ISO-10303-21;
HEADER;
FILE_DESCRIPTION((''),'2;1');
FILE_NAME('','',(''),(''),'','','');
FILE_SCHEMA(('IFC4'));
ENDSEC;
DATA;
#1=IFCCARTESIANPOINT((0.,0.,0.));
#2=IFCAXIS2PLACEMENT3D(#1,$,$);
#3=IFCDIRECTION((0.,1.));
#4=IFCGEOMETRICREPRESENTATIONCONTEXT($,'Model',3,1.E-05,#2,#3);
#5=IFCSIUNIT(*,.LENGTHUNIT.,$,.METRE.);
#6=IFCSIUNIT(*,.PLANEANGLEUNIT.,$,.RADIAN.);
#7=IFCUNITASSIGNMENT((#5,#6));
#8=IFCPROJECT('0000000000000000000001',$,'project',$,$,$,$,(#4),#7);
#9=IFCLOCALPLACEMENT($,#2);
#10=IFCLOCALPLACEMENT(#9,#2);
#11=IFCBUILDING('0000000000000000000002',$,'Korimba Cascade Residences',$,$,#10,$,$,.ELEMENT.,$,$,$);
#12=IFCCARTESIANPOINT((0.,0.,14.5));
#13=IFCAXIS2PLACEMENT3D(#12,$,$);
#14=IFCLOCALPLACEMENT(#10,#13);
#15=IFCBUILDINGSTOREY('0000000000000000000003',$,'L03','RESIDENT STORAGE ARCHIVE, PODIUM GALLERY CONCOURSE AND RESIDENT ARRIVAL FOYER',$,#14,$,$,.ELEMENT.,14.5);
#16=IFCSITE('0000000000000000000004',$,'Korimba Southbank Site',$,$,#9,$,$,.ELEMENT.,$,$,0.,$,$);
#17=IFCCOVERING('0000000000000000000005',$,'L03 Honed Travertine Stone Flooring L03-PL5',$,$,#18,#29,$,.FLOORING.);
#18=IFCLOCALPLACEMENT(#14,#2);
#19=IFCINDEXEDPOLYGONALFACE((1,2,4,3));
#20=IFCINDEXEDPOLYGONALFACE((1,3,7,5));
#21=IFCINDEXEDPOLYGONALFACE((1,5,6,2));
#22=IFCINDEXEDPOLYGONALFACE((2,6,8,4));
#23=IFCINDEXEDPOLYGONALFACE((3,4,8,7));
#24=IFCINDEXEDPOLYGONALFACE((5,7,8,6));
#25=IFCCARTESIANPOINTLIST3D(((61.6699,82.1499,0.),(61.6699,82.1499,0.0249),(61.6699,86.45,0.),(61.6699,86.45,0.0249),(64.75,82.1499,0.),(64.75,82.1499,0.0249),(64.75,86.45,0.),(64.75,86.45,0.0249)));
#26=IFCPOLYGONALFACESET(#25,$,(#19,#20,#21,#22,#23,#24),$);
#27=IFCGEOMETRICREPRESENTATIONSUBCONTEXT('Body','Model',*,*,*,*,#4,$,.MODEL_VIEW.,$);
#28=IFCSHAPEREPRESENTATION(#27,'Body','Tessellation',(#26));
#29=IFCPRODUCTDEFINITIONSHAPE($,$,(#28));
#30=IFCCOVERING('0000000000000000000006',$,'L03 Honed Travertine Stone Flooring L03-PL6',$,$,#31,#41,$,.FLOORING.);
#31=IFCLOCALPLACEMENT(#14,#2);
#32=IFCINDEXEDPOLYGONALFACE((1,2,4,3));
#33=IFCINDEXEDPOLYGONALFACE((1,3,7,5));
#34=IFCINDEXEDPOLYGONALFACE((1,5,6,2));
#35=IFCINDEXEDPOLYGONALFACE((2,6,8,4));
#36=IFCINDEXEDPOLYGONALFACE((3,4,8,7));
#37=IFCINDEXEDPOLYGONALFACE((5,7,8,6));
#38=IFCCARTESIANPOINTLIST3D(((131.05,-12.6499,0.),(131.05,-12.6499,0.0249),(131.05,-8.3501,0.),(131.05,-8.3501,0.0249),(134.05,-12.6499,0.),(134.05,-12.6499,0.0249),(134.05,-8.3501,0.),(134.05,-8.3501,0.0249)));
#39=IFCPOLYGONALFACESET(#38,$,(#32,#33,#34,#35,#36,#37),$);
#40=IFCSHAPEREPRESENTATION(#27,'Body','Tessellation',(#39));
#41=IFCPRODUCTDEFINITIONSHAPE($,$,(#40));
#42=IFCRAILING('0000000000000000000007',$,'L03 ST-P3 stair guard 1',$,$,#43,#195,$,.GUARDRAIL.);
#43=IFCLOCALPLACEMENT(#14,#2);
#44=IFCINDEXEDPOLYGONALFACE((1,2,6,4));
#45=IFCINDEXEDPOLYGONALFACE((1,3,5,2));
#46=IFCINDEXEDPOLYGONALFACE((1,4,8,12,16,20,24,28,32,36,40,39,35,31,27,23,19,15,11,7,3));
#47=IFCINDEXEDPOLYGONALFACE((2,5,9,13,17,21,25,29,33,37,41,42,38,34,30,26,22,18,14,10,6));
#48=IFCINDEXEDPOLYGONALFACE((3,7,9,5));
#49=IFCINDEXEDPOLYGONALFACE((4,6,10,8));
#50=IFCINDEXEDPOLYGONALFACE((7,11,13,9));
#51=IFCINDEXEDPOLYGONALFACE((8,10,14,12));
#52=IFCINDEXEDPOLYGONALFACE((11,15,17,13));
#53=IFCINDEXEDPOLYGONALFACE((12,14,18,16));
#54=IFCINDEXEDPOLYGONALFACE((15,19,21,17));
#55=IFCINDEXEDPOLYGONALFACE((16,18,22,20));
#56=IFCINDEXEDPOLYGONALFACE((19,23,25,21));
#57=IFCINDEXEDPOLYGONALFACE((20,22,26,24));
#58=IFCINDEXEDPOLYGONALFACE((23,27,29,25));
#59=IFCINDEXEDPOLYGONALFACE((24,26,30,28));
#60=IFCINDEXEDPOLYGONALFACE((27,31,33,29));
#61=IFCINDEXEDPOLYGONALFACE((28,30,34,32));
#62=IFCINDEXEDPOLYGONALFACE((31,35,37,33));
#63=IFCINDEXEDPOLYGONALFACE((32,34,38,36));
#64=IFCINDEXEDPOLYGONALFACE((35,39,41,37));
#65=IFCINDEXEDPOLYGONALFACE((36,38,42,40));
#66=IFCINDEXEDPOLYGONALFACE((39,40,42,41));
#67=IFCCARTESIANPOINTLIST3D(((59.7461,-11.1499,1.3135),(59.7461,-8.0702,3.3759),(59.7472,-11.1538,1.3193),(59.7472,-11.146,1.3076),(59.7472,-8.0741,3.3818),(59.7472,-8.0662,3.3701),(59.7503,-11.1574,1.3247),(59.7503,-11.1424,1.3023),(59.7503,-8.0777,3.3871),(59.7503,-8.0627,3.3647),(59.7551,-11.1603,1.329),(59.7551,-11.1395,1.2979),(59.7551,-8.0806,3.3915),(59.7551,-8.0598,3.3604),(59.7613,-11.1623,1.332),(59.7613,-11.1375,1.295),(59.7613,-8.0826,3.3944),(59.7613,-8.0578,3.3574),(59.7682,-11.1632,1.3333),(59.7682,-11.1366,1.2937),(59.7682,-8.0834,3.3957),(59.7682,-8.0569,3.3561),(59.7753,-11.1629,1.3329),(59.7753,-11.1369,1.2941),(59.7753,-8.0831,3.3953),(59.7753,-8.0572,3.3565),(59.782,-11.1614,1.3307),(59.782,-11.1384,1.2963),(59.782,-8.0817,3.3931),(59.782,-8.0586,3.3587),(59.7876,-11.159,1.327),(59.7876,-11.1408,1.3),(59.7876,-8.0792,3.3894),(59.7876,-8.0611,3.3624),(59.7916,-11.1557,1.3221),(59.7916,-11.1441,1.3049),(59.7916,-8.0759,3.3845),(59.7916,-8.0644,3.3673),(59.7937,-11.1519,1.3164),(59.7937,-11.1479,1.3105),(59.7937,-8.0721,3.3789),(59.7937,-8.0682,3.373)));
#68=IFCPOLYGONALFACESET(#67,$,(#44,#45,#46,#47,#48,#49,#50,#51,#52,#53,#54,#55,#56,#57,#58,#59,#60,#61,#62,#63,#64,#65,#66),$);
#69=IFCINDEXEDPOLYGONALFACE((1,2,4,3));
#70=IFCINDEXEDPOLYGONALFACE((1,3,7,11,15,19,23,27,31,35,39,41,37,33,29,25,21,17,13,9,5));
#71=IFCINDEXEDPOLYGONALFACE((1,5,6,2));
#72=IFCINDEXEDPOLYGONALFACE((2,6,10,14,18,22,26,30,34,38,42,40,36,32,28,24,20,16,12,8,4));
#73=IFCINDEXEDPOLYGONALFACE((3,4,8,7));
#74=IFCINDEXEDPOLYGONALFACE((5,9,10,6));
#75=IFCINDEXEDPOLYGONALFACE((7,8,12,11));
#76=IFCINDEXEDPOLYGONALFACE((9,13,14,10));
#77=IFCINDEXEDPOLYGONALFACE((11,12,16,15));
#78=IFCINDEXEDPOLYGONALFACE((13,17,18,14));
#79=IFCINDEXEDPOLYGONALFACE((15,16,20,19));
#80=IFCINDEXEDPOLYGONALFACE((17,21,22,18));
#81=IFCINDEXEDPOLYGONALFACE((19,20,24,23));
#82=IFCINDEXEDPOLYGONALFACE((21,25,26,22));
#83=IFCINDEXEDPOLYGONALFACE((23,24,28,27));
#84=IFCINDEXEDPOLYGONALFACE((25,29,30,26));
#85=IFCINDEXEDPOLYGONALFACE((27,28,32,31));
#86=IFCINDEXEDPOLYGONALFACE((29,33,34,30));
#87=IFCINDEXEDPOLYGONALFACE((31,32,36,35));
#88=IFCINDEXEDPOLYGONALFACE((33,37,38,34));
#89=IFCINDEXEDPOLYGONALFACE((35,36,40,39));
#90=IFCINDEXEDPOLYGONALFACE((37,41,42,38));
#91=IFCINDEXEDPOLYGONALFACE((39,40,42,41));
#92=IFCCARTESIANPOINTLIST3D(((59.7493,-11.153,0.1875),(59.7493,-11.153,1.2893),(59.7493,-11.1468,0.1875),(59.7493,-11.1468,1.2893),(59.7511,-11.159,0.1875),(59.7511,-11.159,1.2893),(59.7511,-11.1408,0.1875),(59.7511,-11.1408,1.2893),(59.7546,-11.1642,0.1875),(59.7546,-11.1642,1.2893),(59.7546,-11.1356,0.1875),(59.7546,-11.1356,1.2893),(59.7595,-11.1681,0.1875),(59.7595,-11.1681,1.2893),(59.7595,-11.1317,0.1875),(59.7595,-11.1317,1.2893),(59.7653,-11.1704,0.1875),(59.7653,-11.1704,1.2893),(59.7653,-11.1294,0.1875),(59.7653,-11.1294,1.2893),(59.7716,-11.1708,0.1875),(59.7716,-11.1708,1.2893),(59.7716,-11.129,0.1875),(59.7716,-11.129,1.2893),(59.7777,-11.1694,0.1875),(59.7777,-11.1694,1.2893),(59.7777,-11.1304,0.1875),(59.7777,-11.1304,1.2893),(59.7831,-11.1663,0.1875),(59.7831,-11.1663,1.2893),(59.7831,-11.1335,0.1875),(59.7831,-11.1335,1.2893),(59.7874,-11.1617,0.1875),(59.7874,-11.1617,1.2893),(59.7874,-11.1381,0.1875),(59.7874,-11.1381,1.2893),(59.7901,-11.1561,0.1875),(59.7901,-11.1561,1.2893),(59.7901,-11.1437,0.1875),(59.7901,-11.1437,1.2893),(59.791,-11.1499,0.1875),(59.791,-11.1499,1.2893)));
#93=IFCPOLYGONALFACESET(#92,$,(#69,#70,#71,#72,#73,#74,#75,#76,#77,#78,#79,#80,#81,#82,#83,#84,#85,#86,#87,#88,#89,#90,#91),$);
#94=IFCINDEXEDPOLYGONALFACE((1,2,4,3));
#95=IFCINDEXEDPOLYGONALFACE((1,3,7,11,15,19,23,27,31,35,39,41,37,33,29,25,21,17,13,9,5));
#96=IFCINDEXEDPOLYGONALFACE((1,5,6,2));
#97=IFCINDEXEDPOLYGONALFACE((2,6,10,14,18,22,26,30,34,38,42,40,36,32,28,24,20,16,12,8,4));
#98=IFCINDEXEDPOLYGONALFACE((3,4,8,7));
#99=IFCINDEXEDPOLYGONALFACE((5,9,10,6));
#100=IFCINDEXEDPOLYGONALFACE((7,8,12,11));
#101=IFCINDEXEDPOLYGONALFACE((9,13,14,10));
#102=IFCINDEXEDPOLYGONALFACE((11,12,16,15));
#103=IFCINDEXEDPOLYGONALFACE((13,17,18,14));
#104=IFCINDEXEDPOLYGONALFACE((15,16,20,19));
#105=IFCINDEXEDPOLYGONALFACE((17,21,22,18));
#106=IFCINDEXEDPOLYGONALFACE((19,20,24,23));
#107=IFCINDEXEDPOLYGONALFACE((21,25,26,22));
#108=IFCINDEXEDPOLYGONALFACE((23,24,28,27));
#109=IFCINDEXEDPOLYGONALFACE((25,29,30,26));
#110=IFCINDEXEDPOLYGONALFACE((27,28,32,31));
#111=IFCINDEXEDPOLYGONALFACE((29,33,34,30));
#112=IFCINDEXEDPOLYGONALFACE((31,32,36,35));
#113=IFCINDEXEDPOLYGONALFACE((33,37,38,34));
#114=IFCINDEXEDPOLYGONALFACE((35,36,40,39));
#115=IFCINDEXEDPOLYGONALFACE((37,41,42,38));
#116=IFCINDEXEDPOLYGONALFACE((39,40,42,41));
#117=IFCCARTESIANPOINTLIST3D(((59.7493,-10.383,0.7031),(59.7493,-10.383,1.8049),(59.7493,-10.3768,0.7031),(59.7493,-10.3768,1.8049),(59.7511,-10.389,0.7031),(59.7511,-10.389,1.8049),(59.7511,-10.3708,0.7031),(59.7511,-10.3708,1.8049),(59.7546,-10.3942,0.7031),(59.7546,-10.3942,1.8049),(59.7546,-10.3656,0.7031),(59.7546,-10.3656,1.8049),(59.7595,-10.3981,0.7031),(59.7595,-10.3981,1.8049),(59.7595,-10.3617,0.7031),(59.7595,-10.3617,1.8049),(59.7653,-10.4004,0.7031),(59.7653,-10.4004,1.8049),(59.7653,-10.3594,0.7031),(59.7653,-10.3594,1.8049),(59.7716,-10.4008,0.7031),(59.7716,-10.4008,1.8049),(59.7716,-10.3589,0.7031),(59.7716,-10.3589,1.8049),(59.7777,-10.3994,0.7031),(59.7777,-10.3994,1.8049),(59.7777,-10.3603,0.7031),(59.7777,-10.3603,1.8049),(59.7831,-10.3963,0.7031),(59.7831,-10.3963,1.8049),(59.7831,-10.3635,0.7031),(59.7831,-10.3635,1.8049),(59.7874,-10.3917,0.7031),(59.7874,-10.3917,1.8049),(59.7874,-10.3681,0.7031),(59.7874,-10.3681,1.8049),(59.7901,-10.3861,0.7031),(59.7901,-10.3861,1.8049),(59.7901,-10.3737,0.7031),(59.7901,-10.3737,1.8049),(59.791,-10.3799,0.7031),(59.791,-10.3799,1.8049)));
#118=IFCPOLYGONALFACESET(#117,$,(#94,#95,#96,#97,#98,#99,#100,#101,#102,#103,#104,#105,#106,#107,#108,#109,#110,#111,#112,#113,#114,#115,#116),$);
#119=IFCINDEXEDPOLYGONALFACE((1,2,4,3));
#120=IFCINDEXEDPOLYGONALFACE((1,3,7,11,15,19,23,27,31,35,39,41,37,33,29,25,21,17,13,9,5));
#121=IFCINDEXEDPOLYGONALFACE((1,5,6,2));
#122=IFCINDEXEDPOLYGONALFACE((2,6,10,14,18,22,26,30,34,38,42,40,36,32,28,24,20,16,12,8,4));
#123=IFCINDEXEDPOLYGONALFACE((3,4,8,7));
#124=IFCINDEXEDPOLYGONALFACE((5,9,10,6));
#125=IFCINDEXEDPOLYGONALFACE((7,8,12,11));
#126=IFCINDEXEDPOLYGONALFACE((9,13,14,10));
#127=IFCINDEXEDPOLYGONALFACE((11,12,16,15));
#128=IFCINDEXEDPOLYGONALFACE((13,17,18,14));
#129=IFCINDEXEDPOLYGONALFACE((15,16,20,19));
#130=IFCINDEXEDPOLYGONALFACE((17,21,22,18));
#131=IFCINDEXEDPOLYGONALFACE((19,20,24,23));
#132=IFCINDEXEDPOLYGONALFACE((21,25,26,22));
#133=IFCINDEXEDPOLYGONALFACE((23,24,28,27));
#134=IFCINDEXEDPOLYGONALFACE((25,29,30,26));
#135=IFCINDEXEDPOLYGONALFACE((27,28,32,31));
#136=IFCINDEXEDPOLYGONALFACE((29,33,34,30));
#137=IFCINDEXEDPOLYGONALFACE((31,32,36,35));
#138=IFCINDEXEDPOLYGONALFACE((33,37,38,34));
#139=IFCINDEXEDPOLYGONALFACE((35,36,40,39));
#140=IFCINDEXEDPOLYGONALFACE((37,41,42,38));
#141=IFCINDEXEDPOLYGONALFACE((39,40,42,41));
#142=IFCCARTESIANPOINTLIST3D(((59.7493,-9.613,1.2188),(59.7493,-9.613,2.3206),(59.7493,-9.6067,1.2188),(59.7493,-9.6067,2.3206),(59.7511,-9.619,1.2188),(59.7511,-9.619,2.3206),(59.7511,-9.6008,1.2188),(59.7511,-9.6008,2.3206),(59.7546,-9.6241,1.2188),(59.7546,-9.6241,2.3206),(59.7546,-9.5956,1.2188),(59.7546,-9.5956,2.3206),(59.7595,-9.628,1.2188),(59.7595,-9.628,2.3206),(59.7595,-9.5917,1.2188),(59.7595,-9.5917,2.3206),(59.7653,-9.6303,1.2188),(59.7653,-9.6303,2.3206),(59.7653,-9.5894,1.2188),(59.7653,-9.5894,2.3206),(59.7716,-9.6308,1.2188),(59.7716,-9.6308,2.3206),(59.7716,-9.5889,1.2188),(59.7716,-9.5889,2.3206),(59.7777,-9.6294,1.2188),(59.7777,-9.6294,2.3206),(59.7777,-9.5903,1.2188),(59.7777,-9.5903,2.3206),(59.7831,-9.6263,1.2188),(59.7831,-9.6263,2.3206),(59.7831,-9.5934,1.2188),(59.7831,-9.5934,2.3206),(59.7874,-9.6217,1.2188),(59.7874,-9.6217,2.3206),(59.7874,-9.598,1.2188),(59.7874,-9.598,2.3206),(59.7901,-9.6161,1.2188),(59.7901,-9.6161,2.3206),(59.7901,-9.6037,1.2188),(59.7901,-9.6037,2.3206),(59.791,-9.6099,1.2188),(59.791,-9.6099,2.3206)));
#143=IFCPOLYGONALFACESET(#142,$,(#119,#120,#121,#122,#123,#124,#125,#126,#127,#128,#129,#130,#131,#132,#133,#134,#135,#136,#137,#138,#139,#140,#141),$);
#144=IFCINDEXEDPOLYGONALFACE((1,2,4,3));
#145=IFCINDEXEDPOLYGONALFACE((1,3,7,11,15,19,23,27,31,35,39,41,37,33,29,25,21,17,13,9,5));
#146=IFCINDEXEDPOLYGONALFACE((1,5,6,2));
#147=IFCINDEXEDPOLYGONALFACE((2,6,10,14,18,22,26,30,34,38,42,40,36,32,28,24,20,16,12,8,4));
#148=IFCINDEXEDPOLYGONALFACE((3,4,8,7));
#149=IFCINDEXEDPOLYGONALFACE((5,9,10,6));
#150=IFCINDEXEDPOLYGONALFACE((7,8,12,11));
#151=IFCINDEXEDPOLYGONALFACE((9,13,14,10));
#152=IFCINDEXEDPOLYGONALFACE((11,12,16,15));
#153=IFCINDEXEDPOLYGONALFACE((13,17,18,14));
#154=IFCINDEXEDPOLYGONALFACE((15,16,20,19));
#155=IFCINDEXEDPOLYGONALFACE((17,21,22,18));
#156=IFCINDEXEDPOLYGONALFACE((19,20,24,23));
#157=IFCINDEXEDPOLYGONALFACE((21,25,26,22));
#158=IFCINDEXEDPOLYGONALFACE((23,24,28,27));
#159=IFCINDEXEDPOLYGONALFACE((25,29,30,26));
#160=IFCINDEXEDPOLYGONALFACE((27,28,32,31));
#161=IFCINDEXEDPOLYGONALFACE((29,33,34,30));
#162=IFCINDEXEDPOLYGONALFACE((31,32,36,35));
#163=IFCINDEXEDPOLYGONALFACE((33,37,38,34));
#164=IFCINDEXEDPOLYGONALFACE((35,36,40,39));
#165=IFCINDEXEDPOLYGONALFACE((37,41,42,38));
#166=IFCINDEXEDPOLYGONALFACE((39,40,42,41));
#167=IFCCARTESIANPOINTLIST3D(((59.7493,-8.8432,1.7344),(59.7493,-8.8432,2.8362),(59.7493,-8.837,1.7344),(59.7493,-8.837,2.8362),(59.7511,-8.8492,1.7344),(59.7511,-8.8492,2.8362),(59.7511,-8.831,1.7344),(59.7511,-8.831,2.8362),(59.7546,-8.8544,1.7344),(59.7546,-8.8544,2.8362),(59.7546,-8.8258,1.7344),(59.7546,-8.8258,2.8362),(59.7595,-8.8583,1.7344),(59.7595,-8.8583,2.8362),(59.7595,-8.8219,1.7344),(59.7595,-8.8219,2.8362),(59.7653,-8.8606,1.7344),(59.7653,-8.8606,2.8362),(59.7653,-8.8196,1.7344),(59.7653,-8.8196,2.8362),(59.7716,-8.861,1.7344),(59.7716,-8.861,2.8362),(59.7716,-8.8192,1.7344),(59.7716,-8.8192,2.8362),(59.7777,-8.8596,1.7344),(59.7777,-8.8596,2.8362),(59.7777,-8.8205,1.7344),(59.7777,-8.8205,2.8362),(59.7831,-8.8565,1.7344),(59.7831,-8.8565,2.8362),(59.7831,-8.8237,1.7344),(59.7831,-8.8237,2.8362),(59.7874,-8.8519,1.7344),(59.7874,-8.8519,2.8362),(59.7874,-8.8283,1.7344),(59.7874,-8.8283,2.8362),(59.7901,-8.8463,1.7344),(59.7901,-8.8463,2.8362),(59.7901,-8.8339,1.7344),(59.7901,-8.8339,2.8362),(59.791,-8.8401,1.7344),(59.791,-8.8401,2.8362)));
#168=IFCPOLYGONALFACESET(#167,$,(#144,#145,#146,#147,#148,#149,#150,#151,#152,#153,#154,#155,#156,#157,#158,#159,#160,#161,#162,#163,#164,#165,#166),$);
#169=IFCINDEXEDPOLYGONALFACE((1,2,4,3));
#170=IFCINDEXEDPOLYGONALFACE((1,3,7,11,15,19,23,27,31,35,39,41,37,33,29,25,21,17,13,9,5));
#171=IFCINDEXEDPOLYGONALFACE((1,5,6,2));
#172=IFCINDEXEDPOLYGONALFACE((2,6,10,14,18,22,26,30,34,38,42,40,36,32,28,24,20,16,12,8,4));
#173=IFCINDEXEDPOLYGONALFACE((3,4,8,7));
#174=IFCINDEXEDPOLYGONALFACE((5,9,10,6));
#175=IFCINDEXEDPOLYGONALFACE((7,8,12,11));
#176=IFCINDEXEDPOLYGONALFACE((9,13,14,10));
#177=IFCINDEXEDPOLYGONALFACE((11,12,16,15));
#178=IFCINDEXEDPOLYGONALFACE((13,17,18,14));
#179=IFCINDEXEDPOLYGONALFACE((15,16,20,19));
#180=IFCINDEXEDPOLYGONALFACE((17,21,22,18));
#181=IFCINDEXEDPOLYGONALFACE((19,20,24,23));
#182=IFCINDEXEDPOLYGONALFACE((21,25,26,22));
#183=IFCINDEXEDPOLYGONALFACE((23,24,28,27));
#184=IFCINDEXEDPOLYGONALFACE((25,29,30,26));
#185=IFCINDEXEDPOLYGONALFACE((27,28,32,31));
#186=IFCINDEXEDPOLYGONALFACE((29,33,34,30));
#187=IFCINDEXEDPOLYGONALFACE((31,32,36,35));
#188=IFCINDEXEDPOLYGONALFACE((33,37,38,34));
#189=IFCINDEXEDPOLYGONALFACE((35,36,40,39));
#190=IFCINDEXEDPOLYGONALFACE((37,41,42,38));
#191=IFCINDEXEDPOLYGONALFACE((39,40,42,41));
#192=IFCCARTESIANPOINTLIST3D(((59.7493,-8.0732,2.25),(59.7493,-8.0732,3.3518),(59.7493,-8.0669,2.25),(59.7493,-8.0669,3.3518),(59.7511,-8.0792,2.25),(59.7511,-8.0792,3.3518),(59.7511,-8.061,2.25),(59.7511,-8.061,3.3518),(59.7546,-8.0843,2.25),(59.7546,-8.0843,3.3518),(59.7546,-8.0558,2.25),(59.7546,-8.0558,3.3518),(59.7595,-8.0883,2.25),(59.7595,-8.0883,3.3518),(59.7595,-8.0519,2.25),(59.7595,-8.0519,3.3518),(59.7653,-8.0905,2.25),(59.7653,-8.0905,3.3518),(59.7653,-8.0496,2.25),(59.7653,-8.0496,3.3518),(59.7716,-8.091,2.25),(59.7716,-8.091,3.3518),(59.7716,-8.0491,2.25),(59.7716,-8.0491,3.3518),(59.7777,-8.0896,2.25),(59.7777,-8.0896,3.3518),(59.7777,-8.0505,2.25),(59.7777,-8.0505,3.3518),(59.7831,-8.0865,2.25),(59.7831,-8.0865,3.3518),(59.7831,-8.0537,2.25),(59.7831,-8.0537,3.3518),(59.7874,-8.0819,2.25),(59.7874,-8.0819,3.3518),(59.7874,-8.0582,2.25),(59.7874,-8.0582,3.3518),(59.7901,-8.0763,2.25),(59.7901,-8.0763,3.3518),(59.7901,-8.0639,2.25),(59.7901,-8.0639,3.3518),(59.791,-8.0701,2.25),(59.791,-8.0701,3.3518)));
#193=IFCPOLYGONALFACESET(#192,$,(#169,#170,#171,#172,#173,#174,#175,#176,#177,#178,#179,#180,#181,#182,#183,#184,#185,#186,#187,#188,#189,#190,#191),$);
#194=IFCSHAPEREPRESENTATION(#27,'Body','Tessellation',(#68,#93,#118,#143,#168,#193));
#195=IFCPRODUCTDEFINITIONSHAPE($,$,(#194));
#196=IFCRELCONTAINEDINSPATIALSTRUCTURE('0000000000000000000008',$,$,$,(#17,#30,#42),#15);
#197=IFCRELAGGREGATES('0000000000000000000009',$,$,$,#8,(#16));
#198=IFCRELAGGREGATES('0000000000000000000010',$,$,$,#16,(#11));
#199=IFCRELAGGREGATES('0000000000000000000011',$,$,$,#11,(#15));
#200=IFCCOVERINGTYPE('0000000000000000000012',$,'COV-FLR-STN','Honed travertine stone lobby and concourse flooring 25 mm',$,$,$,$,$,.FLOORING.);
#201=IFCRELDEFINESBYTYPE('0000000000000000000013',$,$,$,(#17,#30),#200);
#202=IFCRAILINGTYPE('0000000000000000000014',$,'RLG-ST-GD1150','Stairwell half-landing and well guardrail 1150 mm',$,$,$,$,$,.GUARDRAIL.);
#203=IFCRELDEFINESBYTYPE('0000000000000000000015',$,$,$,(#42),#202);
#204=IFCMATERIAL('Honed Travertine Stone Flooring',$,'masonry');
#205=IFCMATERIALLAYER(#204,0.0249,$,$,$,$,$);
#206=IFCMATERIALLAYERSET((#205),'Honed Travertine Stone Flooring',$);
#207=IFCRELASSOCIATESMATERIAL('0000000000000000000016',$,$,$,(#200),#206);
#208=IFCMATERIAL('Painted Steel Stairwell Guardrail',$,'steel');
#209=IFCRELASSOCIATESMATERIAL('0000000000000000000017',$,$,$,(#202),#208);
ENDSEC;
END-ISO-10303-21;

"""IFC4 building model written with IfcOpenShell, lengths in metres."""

from ifc_helpers import new_model, si_unit, direction, frame, origin, origin_2d, place, context, subcontext, project, spatial, polyline, circle, outline, extrude, material, layer, layer_set, type_object, element, save


model = new_model("IFC4")

# Units and contexts
model_context = context("Model", 3, precision=1e-05, world=origin(), true_north=direction((0.0, 1.0)))
body_context = subcontext(model_context, "Body", "Model", "MODEL_VIEW")
ifc_project = project(units=[si_unit("LENGTHUNIT", "METRE"), si_unit("PLANEANGLEUNIT", "RADIAN")], contexts=[model_context])

# Site, building, storey
site_placement = place(None, origin())
site = spatial("IfcSite", under=ifc_project, at=site_placement, Name="Korimba Southbank Site", CompositionType="ELEMENT", RefElevation=0.0)
building_placement = place(site_placement, origin())
building = spatial("IfcBuilding", under=site, at=building_placement, Name="Korimba Cascade Residences", CompositionType="ELEMENT")
storey_placement = place(building_placement, frame((0.0, 0.0, 14.5)))
storey = spatial("IfcBuildingStorey", under=building, at=storey_placement, Name="L03", Description="RESIDENT STORAGE ARCHIVE, PODIUM GALLERY CONCOURSE AND RESIDENT ARRIVAL FOYER", CompositionType="ELEMENT", Elevation=14.5)

# Coverings
ifc_material_1 = material(Name="Honed Travertine Stone Flooring", Category="masonry")
ifc_layer_1 = layer(ifc_material_1, 0.0249)
ifc_layer_set_1 = layer_set([ifc_layer_1], Name="Honed Travertine Stone Flooring")
covering_type_1 = type_object("IfcCoveringType", Name="COV-FLR-STN", Description="Honed travertine stone lobby and concourse flooring 25 mm", PredefinedType="FLOORING", material=ifc_layer_set_1)
covering_1_placement = place(storey_placement, origin())
element("IfcCovering", 1, at=covering_1_placement, inside=storey, type_object=covering_type_1, Name="L03 Honed Travertine Stone Flooring L03-PL5", PredefinedType="FLOORING", context=body_context, shape_type="SweptSolid", body=[
    extrude(outline(polyline([(61.6699, 82.1499), (64.75, 82.1499), (64.75, 86.45), (61.6699, 86.45), (61.6699, 82.1499)])), origin(), (0.0, 0.0, 1.0), 0.0249),
])
covering_2_placement = place(storey_placement, origin())
element("IfcCovering", 2, at=covering_2_placement, inside=storey, type_object=covering_type_1, Name="L03 Honed Travertine Stone Flooring L03-PL6", PredefinedType="FLOORING", context=body_context, shape_type="SweptSolid", body=[
    extrude(outline(polyline([(131.05, -12.6499), (134.05, -12.6499), (134.05, -8.3501), (131.05, -8.3501), (131.05, -12.6499)])), origin(), (0.0, 0.0, 1.0), 0.0249),
])

# Railing
ifc_material_2 = material(Name="Painted Steel Stairwell Guardrail", Category="steel")
railing_type_1 = type_object("IfcRailingType", Name="RLG-ST-GD1150", Description="Stairwell half-landing and well guardrail 1150 mm", PredefinedType="GUARDRAIL", material=ifc_material_2)
railing_1_placement = place(storey_placement, frame((59.77, -11.1499, 0.1875)))
element("IfcRailing", 3, at=railing_1_placement, inside=storey, type_object=railing_type_1, Name="L03 ST-P3 stair guard 1", PredefinedType="GUARDRAIL", context=body_context, shape_type="SweptSolid", body=[
    extrude(circle(Radius=0.0239, at=origin_2d()), frame((0.0, 0.0, 1.126), z_axis=(0.0, 0.830893, 0.556432), x_axis=(-1.0, 0.0, 0.0)), (0.0, 0.0, 1.0), 3.7065),
    extrude(circle(Radius=0.021, at=origin_2d()), origin(), (0.0, 0.0, 1.0), 1.1018),
    extrude(circle(Radius=0.021, at=origin_2d()), frame((0.0, 0.77, 0.5156)), (0.0, 0.0, 1.0), 1.1018),
    extrude(circle(Radius=0.021, at=origin_2d()), frame((0.0, 1.54, 1.0312)), (0.0, 0.0, 1.0), 1.1018),
    extrude(circle(Radius=0.021, at=origin_2d()), frame((0.0, 2.3098, 1.5469)), (0.0, 0.0, 1.0), 1.1018),
    extrude(circle(Radius=0.021, at=origin_2d()), frame((0.0, 3.0798, 2.0625)), (0.0, 0.0, 1.0), 1.1018),
])

save(model, "model.ifc")
